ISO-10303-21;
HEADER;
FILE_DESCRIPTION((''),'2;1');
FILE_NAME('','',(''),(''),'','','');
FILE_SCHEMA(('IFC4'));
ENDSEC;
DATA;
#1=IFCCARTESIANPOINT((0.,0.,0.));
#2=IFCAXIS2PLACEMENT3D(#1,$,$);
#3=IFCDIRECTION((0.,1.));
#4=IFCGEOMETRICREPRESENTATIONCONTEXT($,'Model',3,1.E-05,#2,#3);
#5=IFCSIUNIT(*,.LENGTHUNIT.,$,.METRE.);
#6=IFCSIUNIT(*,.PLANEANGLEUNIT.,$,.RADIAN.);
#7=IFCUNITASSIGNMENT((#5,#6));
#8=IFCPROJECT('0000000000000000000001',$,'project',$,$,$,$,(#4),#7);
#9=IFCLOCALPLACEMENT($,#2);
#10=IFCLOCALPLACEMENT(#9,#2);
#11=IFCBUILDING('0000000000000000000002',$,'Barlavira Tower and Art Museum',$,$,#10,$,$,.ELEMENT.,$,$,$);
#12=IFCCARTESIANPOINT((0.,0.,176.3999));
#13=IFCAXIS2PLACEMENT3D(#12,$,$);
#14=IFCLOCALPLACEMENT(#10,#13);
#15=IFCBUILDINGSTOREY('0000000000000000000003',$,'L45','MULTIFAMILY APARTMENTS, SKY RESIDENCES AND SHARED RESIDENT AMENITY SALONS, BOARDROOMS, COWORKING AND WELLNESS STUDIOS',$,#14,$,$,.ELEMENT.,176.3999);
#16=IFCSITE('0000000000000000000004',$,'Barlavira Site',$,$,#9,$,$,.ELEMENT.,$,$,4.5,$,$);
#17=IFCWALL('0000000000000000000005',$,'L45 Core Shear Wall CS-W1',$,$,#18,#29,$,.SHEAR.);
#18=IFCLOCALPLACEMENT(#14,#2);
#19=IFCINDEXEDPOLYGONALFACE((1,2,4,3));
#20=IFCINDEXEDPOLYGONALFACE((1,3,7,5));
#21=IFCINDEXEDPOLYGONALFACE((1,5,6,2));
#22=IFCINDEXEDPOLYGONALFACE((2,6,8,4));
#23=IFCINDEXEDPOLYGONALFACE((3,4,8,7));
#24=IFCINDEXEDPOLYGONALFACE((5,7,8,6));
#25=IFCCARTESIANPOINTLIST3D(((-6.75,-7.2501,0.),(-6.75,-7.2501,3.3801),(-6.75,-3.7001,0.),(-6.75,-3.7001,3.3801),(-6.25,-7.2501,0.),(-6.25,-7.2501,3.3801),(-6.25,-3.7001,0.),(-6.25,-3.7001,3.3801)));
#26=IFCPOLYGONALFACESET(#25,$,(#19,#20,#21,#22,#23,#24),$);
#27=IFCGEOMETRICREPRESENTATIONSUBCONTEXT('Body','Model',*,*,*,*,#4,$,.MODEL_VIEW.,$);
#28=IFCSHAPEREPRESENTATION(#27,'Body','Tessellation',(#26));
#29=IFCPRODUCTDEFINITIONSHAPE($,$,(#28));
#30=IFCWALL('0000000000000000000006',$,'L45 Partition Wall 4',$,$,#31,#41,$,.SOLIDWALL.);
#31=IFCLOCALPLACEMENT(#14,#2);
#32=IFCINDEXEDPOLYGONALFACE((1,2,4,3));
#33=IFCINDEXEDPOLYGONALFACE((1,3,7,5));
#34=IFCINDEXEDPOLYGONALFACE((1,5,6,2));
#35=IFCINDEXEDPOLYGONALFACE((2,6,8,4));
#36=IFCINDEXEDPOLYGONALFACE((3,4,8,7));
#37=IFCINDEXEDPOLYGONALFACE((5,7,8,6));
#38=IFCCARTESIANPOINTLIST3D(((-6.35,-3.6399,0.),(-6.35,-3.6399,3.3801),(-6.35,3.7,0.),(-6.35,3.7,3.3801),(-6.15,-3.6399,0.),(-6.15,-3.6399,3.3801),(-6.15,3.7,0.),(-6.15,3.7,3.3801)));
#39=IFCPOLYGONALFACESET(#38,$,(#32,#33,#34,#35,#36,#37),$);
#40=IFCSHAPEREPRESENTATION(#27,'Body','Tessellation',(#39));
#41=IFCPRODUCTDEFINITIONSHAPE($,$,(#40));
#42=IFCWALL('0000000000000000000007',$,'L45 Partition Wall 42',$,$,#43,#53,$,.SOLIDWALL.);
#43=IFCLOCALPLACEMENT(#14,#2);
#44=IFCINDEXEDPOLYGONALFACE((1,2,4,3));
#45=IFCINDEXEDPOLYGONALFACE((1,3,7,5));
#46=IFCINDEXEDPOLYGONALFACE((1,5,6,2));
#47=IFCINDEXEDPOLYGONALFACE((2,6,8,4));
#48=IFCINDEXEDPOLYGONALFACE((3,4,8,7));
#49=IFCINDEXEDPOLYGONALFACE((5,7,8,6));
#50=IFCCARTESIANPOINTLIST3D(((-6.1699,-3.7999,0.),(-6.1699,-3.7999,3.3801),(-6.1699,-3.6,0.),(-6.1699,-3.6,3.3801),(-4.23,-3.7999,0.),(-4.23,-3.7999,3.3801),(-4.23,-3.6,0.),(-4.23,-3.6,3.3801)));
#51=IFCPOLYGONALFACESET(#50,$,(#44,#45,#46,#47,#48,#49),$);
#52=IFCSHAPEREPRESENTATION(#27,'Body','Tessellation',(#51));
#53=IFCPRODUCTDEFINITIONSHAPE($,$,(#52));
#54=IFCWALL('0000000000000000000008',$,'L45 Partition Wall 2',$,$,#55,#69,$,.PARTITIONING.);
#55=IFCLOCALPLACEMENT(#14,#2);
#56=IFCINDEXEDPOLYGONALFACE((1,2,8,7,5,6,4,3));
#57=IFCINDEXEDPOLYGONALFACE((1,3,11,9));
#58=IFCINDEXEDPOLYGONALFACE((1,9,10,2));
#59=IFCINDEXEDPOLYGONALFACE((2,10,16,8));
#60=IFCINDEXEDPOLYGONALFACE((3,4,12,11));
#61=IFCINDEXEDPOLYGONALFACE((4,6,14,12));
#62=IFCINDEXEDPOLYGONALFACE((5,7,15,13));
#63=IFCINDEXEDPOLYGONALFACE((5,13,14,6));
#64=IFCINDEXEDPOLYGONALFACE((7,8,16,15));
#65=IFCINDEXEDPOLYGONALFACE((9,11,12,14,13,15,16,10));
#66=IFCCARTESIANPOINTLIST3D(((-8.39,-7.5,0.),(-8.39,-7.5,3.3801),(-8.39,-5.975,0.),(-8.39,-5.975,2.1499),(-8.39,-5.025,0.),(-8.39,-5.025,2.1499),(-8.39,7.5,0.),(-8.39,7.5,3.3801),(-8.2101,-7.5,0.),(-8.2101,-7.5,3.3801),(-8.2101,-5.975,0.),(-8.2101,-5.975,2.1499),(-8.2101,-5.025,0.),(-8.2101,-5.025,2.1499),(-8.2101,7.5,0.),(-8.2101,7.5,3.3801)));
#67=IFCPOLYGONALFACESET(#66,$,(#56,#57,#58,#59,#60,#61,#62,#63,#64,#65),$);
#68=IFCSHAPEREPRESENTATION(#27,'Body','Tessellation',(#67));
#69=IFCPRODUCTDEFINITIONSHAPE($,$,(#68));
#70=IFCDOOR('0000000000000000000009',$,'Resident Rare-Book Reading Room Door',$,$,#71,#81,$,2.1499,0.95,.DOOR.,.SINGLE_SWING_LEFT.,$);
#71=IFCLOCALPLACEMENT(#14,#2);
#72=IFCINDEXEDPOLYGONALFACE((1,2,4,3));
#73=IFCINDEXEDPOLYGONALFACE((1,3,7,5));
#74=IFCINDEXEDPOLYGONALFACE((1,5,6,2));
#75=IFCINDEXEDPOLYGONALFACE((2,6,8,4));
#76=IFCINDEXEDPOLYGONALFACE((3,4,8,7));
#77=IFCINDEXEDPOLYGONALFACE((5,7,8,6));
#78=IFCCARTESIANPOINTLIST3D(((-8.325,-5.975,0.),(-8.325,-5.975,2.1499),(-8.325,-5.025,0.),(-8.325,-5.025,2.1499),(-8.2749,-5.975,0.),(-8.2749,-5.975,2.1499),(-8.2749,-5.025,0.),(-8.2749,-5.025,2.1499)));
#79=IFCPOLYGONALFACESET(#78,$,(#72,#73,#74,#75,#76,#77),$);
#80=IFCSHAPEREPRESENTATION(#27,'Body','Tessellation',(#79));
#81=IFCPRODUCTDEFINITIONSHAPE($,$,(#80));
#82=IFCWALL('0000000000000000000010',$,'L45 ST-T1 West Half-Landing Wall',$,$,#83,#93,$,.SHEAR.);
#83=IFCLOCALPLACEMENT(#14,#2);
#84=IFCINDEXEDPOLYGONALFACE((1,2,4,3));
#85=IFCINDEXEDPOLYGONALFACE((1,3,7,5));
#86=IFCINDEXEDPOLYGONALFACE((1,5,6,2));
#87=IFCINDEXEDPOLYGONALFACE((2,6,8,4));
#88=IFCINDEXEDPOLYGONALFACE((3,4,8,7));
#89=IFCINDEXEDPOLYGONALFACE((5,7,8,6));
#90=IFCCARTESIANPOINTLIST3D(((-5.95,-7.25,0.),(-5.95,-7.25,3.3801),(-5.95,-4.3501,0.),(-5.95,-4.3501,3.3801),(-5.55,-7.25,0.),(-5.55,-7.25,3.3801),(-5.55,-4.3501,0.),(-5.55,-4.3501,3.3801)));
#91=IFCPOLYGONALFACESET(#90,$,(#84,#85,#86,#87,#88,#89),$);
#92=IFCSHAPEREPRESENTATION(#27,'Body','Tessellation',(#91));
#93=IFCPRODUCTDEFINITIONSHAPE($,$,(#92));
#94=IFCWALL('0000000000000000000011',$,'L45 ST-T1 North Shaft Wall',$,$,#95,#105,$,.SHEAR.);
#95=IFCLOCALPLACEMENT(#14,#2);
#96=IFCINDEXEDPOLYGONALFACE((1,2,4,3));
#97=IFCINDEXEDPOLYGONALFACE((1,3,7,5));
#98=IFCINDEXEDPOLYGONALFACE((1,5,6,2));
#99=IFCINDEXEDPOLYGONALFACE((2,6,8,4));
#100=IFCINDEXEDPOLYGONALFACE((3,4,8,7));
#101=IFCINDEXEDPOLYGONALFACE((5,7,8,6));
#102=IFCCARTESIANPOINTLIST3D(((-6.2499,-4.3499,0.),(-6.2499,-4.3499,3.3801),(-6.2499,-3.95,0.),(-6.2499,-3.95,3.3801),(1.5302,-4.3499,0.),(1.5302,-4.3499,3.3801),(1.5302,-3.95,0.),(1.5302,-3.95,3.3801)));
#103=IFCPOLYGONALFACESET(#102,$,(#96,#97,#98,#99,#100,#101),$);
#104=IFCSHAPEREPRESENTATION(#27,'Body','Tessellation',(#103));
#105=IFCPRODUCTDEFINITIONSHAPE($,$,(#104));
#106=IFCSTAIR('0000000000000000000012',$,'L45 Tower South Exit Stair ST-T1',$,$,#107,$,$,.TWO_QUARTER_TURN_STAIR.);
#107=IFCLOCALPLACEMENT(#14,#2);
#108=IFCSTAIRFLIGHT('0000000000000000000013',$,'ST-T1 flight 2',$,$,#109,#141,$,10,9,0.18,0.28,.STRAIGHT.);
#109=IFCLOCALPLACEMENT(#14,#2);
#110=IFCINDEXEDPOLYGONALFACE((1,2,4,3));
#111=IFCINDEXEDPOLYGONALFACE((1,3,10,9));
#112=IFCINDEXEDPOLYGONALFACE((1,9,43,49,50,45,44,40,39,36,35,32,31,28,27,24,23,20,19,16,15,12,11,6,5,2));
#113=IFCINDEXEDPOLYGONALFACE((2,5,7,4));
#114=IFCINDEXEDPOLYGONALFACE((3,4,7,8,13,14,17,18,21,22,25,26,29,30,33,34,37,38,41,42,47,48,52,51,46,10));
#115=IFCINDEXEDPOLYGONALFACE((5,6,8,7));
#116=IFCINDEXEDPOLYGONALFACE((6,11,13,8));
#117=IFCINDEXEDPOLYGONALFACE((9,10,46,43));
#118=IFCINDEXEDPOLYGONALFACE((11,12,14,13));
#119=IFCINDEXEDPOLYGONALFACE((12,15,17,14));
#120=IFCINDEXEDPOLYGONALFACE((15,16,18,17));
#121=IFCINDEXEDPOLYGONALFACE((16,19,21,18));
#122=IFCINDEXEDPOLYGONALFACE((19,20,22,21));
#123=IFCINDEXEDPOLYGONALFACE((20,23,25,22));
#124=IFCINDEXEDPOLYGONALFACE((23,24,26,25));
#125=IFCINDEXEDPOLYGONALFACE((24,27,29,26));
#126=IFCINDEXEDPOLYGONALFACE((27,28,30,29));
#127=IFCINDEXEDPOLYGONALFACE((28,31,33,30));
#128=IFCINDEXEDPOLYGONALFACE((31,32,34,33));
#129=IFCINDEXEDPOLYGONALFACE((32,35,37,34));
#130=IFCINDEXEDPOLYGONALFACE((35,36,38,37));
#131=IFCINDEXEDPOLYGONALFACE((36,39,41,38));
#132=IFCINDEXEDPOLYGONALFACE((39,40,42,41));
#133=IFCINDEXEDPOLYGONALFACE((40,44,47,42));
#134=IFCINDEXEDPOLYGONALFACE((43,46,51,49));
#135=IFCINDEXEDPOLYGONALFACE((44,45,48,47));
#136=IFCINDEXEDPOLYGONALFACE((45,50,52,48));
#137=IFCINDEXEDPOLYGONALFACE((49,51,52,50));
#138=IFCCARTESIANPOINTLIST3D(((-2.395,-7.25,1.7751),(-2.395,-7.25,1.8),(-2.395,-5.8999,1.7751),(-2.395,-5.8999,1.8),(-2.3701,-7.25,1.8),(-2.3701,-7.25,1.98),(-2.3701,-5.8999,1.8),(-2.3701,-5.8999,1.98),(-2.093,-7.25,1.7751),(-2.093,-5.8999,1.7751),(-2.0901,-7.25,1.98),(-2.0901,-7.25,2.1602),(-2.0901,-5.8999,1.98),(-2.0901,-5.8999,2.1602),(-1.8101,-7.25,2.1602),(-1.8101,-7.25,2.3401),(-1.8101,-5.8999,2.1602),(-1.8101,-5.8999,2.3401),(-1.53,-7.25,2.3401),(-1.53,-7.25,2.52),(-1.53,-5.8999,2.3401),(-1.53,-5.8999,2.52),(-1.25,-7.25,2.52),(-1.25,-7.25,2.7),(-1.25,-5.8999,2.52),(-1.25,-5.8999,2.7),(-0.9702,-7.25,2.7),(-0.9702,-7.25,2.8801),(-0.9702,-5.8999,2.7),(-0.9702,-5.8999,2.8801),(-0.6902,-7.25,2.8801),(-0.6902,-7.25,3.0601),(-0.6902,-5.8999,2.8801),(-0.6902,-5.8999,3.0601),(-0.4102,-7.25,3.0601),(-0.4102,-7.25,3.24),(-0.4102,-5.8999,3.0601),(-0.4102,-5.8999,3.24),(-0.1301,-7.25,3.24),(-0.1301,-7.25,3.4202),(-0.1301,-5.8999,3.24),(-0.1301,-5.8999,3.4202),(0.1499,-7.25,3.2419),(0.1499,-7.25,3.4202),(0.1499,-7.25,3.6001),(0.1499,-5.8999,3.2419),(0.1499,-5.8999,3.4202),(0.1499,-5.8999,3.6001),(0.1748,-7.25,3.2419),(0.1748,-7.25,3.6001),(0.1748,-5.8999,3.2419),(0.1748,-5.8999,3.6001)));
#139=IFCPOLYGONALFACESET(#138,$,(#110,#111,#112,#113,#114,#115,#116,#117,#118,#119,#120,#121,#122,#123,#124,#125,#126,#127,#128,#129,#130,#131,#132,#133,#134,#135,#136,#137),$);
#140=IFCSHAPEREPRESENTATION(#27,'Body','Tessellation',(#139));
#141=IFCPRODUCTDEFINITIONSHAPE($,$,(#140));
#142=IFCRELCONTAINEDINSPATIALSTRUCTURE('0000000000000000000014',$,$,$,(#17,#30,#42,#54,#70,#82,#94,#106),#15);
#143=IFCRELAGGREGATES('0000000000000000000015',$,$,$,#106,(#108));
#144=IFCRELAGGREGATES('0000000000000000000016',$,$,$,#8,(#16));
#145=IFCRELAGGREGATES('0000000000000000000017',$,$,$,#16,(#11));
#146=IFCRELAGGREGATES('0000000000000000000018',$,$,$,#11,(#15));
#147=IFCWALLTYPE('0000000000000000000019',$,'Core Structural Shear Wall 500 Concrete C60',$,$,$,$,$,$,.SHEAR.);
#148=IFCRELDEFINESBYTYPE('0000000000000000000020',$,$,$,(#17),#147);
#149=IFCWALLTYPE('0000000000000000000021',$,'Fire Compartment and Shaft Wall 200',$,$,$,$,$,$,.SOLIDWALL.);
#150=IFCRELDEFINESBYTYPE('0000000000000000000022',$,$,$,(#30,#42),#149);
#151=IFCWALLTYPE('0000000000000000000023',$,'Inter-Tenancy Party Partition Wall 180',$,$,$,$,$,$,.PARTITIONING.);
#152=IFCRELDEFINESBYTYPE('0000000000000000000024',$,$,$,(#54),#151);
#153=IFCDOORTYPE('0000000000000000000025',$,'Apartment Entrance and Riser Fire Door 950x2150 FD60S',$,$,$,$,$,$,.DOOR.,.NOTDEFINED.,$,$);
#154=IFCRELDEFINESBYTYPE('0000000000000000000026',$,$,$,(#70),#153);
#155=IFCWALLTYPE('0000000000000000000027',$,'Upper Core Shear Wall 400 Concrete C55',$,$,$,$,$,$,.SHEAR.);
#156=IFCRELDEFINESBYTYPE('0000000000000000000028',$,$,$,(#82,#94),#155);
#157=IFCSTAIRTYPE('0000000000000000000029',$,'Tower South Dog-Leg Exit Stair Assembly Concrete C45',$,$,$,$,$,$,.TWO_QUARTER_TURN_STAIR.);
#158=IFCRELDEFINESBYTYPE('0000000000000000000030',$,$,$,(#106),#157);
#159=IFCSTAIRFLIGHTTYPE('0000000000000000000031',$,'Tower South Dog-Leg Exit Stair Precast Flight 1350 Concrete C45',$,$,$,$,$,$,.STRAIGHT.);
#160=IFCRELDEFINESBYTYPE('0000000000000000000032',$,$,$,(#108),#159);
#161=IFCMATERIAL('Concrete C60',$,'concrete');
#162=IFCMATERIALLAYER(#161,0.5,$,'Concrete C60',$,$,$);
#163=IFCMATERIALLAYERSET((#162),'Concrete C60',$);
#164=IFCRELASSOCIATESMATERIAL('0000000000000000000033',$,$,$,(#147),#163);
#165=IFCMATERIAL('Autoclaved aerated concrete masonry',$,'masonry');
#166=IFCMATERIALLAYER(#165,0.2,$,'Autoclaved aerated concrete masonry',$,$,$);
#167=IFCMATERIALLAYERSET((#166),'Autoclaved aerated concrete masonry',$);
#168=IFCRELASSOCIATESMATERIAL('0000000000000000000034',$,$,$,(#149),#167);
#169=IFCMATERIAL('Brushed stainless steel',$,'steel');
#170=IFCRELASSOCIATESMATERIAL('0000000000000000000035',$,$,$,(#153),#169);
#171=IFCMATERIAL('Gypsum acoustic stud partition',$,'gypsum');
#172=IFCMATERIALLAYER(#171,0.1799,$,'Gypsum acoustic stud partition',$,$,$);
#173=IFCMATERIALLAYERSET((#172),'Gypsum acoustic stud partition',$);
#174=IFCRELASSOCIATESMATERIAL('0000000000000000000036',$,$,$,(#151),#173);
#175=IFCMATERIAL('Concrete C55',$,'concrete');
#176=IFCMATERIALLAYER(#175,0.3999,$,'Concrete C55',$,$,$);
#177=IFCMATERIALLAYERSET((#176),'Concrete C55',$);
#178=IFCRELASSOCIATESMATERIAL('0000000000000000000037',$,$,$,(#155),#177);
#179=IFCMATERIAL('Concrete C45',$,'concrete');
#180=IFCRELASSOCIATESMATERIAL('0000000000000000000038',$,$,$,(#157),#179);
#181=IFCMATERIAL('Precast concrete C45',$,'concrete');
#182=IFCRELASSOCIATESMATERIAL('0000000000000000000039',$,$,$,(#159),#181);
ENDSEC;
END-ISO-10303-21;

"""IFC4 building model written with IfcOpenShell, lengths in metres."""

from ifc_helpers import new_model, si_unit, direction, frame, frame_2d, origin, place, context, subcontext, project, spatial, polyline, rectangle, outline, extrude, material, layer, layer_set, type_object, element, fill, aggregate, save


model = new_model("IFC4")

# Units and contexts
model_context = context("Model", 3, precision=1e-05, world=origin(), true_north=direction((0.0, 1.0)))
body_context = subcontext(model_context, "Body", "Model", "MODEL_VIEW")
ifc_project = project(units=[si_unit("LENGTHUNIT", "METRE"), si_unit("PLANEANGLEUNIT", "RADIAN")], contexts=[model_context])

# Site, building, storey
site_placement = place(None, origin())
site = spatial("IfcSite", under=ifc_project, at=site_placement, Name="Barlavira Site", CompositionType="ELEMENT", RefElevation=4.5)
building_placement = place(site_placement, origin())
building = spatial("IfcBuilding", under=site, at=building_placement, Name="Barlavira Tower and Art Museum", CompositionType="ELEMENT")
storey_placement = place(building_placement, frame((0.0, 0.0, 176.3999)))
storey = spatial("IfcBuildingStorey", under=building, at=storey_placement, Name="L45", Description="MULTIFAMILY APARTMENTS, SKY RESIDENCES AND SHARED RESIDENT AMENITY SALONS, BOARDROOMS, COWORKING AND WELLNESS STUDIOS", CompositionType="ELEMENT", Elevation=176.3999)

# Walls
ifc_material_1 = material(Name="Concrete C60", Category="concrete")
ifc_layer_1 = layer(ifc_material_1, 0.5, Name="Concrete C60")
ifc_layer_set_1 = layer_set([ifc_layer_1], Name="Concrete C60")
wall_type_1 = type_object("IfcWallType", Name="Core Structural Shear Wall 500 Concrete C60", PredefinedType="SHEAR", material=ifc_layer_set_1)
wall_1_placement = place(storey_placement, frame((-6.5, -7.25, 0.0), z_axis=(0.0, 0.0, 1.0), x_axis=(0.0, 1.0, 0.0)))
element("IfcWall", 1, at=wall_1_placement, inside=storey, type_object=wall_type_1, Name="L45 Core Shear Wall CS-W1", PredefinedType="SHEAR", context=body_context, shape_type="SweptSolid", body=[
    extrude(rectangle(XDim=3.55, YDim=0.5, at=frame_2d((1.7749, 0.0))), origin(), (0.0, 0.0, 1.0), 3.3801),
])
ifc_material_2 = material(Name="Autoclaved aerated concrete masonry", Category="masonry")
ifc_layer_2 = layer(ifc_material_2, 0.2, Name="Autoclaved aerated concrete masonry")
ifc_layer_set_2 = layer_set([ifc_layer_2], Name="Autoclaved aerated concrete masonry")
wall_type_2 = type_object("IfcWallType", Name="Fire Compartment and Shaft Wall 200", PredefinedType="SOLIDWALL", material=ifc_layer_set_2)
wall_2_placement = place(storey_placement, frame((-6.25, -3.6399, 0.0), z_axis=(0.0, 0.0, 1.0), x_axis=(0.0, 1.0, 0.0)))
element("IfcWall", 2, at=wall_2_placement, inside=storey, type_object=wall_type_2, Name="L45 Partition Wall 4", PredefinedType="SOLIDWALL", context=body_context, shape_type="SweptSolid", body=[
    extrude(rectangle(XDim=7.3398, YDim=0.2, at=frame_2d((3.6699, 0.0))), origin(), (0.0, 0.0, 1.0), 3.3801),
])

# Shared definitions
ifc_material_3 = material(Name="Brushed stainless steel", Category="steel")
door_type = type_object("IfcDoorType", Name="Apartment Entrance and Riser Fire Door 950x2150 FD60S", OperationType="NOTDEFINED", PredefinedType="DOOR", material=ifc_material_3)

# Wall
wall_3_placement = place(storey_placement, frame((-6.1699, -3.7, 0.0), z_axis=(0.0, 0.0, 1.0), x_axis=(1.0, 0.0, 0.0)))
element("IfcWall", 3, at=wall_3_placement, inside=storey, type_object=wall_type_2, Name="L45 Partition Wall 42", PredefinedType="SOLIDWALL", context=body_context, shape_type="SweptSolid", body=[
    extrude(rectangle(XDim=1.9399, YDim=0.2, at=frame_2d((0.97, 0.0))), origin(), (0.0, 0.0, 1.0), 3.3801),
])

# Wall, opening, door
ifc_material_4 = material(Name="Gypsum acoustic stud partition", Category="gypsum")
ifc_layer_3 = layer(ifc_material_4, 0.1799, Name="Gypsum acoustic stud partition")
ifc_layer_set_3 = layer_set([ifc_layer_3], Name="Gypsum acoustic stud partition")
wall_type_3 = type_object("IfcWallType", Name="Inter-Tenancy Party Partition Wall 180", PredefinedType="PARTITIONING", material=ifc_layer_set_3)
wall_4_placement = place(storey_placement, frame((-8.3, -7.5, 0.0), z_axis=(0.0, 0.0, 1.0), x_axis=(0.0, 1.0, 0.0)))
wall_4 = element("IfcWall", 4, at=wall_4_placement, inside=storey, type_object=wall_type_3, Name="L45 Partition Wall 2", PredefinedType="PARTITIONING", context=body_context, shape_type="SweptSolid", body=[
    extrude(rectangle(XDim=15.0, YDim=0.1799, at=frame_2d((7.5, 0.0))), origin(), (0.0, 0.0, 1.0), 3.3801),
])
opening_1_placement = place(wall_4_placement, frame((1.5249, 0.0, 0.0)))
opening_1 = element("IfcOpeningElement", 5, at=opening_1_placement, cuts=wall_4, PredefinedType="OPENING", context=body_context, shape_type="SweptSolid", body=[
    extrude(rectangle(XDim=0.95, YDim=2.1499, at=frame_2d((0.4751, 1.075))), frame((0.0, 0.1001, 0.0), z_axis=(0.0, -1.0, 0.0), x_axis=(1.0, 0.0, 0.0)), (0.0, 0.0, 1.0), 0.2),
])
door_1_placement = place(opening_1_placement, origin())
door_1 = element("IfcDoor", 6, at=door_1_placement, inside=storey, type_object=door_type, Name="Resident Rare-Book Reading Room Door", OperationType="SINGLE_SWING_LEFT", OverallHeight=2.1499, OverallWidth=0.95, PredefinedType="DOOR", context=body_context, shape_type="SweptSolid", body=[
    extrude(rectangle(XDim=0.95, YDim=2.1499, at=frame_2d((0.4751, 1.075))), frame((0.0, 0.0249, 0.0), z_axis=(0.0, -1.0, 0.0), x_axis=(1.0, 0.0, 0.0)), (0.0, 0.0, 1.0), 0.05),
])
fill(opening_1, door_1)

# Walls
ifc_material_5 = material(Name="Concrete C55", Category="concrete")
ifc_layer_4 = layer(ifc_material_5, 0.3999, Name="Concrete C55")
ifc_layer_set_4 = layer_set([ifc_layer_4], Name="Concrete C55")
wall_type_4 = type_object("IfcWallType", Name="Upper Core Shear Wall 400 Concrete C55", PredefinedType="SHEAR", material=ifc_layer_set_4)
wall_5_placement = place(storey_placement, frame((-5.75, -7.25, 0.0), z_axis=(0.0, 0.0, 1.0), x_axis=(0.0, 1.0, 0.0)))
element("IfcWall", 7, at=wall_5_placement, inside=storey, type_object=wall_type_4, Name="L45 ST-T1 West Half-Landing Wall", PredefinedType="SHEAR", context=body_context, shape_type="SweptSolid", body=[
    extrude(rectangle(XDim=2.8999, YDim=0.3999, at=frame_2d((1.45, 0.0))), origin(), (0.0, 0.0, 1.0), 3.3801),
])
wall_6_placement = place(storey_placement, frame((-6.25, -4.1499, 0.0), z_axis=(0.0, 0.0, 1.0), x_axis=(1.0, 0.0, 0.0)))
element("IfcWall", 8, at=wall_6_placement, inside=storey, type_object=wall_type_4, Name="L45 ST-T1 North Shaft Wall", PredefinedType="SHEAR", context=body_context, shape_type="SweptSolid", body=[
    extrude(rectangle(XDim=7.78, YDim=0.3999, at=frame_2d((3.8901, 0.0))), origin(), (0.0, 0.0, 1.0), 3.3801),
])

# Stair, stair flight
ifc_material_6 = material(Name="Concrete C45", Category="concrete")
stair_type = type_object("IfcStairType", Name="Tower South Dog-Leg Exit Stair Assembly Concrete C45", PredefinedType="TWO_QUARTER_TURN_STAIR", material=ifc_material_6)
stair_placement = place(storey_placement, origin())
stair = element("IfcStair", 9, at=stair_placement, inside=storey, type_object=stair_type, Name="L45 Tower South Exit Stair ST-T1", PredefinedType="TWO_QUARTER_TURN_STAIR")
ifc_material_7 = material(Name="Precast concrete C45", Category="concrete")
stair_flight_type = type_object("IfcStairFlightType", Name="Tower South Dog-Leg Exit Stair Precast Flight 1350 Concrete C45", PredefinedType="STRAIGHT", material=ifc_material_7)
stair_flight_placement = place(storey_placement, frame((-2.3701, -6.575, 1.8), z_axis=(0.0, 0.0, 1.0), x_axis=(1.0, 0.0, 0.0)))
stair_flight = element("IfcStairFlight", 10, at=stair_flight_placement, type_object=stair_flight_type, Name="ST-T1 flight 2", NumberOfRisers=10, NumberOfTreads=9, PredefinedType="STRAIGHT", RiserHeight=0.18, TreadLength=0.28, context=body_context, shape_type="SweptSolid", body=[
    extrude(outline(polyline([(-0.0249, 0.0), (0.0, 0.0), (0.0, 0.1799), (0.28, 0.1799), (0.28, 0.3601), (0.5601, 0.3601), (0.5601, 0.54), (0.8401, 0.54), (0.8401, 0.72), (1.1201, 0.72), (1.1201, 0.8999), (1.3999, 0.8999), (1.3999, 1.0801), (1.6799, 1.0801), (1.6799, 1.26), (1.96, 1.26), (1.96, 1.4399), (2.24, 1.4399), (2.24, 1.6201), (2.52, 1.6201), (2.52, 1.8), (2.5449, 1.8), (2.5449, 1.4419), (2.52, 1.4419), (0.2771, -0.0249), (-0.0249, -0.0249), (-0.0249, 0.0)])), frame((0.0, 0.675, 0.0), z_axis=(0.0, -1.0, 0.0), x_axis=(1.0, 0.0, 0.0)), (0.0, 0.0, 1.0), 1.3501),
])
aggregate(stair, [stair_flight])

save(model, "model.ifc")
